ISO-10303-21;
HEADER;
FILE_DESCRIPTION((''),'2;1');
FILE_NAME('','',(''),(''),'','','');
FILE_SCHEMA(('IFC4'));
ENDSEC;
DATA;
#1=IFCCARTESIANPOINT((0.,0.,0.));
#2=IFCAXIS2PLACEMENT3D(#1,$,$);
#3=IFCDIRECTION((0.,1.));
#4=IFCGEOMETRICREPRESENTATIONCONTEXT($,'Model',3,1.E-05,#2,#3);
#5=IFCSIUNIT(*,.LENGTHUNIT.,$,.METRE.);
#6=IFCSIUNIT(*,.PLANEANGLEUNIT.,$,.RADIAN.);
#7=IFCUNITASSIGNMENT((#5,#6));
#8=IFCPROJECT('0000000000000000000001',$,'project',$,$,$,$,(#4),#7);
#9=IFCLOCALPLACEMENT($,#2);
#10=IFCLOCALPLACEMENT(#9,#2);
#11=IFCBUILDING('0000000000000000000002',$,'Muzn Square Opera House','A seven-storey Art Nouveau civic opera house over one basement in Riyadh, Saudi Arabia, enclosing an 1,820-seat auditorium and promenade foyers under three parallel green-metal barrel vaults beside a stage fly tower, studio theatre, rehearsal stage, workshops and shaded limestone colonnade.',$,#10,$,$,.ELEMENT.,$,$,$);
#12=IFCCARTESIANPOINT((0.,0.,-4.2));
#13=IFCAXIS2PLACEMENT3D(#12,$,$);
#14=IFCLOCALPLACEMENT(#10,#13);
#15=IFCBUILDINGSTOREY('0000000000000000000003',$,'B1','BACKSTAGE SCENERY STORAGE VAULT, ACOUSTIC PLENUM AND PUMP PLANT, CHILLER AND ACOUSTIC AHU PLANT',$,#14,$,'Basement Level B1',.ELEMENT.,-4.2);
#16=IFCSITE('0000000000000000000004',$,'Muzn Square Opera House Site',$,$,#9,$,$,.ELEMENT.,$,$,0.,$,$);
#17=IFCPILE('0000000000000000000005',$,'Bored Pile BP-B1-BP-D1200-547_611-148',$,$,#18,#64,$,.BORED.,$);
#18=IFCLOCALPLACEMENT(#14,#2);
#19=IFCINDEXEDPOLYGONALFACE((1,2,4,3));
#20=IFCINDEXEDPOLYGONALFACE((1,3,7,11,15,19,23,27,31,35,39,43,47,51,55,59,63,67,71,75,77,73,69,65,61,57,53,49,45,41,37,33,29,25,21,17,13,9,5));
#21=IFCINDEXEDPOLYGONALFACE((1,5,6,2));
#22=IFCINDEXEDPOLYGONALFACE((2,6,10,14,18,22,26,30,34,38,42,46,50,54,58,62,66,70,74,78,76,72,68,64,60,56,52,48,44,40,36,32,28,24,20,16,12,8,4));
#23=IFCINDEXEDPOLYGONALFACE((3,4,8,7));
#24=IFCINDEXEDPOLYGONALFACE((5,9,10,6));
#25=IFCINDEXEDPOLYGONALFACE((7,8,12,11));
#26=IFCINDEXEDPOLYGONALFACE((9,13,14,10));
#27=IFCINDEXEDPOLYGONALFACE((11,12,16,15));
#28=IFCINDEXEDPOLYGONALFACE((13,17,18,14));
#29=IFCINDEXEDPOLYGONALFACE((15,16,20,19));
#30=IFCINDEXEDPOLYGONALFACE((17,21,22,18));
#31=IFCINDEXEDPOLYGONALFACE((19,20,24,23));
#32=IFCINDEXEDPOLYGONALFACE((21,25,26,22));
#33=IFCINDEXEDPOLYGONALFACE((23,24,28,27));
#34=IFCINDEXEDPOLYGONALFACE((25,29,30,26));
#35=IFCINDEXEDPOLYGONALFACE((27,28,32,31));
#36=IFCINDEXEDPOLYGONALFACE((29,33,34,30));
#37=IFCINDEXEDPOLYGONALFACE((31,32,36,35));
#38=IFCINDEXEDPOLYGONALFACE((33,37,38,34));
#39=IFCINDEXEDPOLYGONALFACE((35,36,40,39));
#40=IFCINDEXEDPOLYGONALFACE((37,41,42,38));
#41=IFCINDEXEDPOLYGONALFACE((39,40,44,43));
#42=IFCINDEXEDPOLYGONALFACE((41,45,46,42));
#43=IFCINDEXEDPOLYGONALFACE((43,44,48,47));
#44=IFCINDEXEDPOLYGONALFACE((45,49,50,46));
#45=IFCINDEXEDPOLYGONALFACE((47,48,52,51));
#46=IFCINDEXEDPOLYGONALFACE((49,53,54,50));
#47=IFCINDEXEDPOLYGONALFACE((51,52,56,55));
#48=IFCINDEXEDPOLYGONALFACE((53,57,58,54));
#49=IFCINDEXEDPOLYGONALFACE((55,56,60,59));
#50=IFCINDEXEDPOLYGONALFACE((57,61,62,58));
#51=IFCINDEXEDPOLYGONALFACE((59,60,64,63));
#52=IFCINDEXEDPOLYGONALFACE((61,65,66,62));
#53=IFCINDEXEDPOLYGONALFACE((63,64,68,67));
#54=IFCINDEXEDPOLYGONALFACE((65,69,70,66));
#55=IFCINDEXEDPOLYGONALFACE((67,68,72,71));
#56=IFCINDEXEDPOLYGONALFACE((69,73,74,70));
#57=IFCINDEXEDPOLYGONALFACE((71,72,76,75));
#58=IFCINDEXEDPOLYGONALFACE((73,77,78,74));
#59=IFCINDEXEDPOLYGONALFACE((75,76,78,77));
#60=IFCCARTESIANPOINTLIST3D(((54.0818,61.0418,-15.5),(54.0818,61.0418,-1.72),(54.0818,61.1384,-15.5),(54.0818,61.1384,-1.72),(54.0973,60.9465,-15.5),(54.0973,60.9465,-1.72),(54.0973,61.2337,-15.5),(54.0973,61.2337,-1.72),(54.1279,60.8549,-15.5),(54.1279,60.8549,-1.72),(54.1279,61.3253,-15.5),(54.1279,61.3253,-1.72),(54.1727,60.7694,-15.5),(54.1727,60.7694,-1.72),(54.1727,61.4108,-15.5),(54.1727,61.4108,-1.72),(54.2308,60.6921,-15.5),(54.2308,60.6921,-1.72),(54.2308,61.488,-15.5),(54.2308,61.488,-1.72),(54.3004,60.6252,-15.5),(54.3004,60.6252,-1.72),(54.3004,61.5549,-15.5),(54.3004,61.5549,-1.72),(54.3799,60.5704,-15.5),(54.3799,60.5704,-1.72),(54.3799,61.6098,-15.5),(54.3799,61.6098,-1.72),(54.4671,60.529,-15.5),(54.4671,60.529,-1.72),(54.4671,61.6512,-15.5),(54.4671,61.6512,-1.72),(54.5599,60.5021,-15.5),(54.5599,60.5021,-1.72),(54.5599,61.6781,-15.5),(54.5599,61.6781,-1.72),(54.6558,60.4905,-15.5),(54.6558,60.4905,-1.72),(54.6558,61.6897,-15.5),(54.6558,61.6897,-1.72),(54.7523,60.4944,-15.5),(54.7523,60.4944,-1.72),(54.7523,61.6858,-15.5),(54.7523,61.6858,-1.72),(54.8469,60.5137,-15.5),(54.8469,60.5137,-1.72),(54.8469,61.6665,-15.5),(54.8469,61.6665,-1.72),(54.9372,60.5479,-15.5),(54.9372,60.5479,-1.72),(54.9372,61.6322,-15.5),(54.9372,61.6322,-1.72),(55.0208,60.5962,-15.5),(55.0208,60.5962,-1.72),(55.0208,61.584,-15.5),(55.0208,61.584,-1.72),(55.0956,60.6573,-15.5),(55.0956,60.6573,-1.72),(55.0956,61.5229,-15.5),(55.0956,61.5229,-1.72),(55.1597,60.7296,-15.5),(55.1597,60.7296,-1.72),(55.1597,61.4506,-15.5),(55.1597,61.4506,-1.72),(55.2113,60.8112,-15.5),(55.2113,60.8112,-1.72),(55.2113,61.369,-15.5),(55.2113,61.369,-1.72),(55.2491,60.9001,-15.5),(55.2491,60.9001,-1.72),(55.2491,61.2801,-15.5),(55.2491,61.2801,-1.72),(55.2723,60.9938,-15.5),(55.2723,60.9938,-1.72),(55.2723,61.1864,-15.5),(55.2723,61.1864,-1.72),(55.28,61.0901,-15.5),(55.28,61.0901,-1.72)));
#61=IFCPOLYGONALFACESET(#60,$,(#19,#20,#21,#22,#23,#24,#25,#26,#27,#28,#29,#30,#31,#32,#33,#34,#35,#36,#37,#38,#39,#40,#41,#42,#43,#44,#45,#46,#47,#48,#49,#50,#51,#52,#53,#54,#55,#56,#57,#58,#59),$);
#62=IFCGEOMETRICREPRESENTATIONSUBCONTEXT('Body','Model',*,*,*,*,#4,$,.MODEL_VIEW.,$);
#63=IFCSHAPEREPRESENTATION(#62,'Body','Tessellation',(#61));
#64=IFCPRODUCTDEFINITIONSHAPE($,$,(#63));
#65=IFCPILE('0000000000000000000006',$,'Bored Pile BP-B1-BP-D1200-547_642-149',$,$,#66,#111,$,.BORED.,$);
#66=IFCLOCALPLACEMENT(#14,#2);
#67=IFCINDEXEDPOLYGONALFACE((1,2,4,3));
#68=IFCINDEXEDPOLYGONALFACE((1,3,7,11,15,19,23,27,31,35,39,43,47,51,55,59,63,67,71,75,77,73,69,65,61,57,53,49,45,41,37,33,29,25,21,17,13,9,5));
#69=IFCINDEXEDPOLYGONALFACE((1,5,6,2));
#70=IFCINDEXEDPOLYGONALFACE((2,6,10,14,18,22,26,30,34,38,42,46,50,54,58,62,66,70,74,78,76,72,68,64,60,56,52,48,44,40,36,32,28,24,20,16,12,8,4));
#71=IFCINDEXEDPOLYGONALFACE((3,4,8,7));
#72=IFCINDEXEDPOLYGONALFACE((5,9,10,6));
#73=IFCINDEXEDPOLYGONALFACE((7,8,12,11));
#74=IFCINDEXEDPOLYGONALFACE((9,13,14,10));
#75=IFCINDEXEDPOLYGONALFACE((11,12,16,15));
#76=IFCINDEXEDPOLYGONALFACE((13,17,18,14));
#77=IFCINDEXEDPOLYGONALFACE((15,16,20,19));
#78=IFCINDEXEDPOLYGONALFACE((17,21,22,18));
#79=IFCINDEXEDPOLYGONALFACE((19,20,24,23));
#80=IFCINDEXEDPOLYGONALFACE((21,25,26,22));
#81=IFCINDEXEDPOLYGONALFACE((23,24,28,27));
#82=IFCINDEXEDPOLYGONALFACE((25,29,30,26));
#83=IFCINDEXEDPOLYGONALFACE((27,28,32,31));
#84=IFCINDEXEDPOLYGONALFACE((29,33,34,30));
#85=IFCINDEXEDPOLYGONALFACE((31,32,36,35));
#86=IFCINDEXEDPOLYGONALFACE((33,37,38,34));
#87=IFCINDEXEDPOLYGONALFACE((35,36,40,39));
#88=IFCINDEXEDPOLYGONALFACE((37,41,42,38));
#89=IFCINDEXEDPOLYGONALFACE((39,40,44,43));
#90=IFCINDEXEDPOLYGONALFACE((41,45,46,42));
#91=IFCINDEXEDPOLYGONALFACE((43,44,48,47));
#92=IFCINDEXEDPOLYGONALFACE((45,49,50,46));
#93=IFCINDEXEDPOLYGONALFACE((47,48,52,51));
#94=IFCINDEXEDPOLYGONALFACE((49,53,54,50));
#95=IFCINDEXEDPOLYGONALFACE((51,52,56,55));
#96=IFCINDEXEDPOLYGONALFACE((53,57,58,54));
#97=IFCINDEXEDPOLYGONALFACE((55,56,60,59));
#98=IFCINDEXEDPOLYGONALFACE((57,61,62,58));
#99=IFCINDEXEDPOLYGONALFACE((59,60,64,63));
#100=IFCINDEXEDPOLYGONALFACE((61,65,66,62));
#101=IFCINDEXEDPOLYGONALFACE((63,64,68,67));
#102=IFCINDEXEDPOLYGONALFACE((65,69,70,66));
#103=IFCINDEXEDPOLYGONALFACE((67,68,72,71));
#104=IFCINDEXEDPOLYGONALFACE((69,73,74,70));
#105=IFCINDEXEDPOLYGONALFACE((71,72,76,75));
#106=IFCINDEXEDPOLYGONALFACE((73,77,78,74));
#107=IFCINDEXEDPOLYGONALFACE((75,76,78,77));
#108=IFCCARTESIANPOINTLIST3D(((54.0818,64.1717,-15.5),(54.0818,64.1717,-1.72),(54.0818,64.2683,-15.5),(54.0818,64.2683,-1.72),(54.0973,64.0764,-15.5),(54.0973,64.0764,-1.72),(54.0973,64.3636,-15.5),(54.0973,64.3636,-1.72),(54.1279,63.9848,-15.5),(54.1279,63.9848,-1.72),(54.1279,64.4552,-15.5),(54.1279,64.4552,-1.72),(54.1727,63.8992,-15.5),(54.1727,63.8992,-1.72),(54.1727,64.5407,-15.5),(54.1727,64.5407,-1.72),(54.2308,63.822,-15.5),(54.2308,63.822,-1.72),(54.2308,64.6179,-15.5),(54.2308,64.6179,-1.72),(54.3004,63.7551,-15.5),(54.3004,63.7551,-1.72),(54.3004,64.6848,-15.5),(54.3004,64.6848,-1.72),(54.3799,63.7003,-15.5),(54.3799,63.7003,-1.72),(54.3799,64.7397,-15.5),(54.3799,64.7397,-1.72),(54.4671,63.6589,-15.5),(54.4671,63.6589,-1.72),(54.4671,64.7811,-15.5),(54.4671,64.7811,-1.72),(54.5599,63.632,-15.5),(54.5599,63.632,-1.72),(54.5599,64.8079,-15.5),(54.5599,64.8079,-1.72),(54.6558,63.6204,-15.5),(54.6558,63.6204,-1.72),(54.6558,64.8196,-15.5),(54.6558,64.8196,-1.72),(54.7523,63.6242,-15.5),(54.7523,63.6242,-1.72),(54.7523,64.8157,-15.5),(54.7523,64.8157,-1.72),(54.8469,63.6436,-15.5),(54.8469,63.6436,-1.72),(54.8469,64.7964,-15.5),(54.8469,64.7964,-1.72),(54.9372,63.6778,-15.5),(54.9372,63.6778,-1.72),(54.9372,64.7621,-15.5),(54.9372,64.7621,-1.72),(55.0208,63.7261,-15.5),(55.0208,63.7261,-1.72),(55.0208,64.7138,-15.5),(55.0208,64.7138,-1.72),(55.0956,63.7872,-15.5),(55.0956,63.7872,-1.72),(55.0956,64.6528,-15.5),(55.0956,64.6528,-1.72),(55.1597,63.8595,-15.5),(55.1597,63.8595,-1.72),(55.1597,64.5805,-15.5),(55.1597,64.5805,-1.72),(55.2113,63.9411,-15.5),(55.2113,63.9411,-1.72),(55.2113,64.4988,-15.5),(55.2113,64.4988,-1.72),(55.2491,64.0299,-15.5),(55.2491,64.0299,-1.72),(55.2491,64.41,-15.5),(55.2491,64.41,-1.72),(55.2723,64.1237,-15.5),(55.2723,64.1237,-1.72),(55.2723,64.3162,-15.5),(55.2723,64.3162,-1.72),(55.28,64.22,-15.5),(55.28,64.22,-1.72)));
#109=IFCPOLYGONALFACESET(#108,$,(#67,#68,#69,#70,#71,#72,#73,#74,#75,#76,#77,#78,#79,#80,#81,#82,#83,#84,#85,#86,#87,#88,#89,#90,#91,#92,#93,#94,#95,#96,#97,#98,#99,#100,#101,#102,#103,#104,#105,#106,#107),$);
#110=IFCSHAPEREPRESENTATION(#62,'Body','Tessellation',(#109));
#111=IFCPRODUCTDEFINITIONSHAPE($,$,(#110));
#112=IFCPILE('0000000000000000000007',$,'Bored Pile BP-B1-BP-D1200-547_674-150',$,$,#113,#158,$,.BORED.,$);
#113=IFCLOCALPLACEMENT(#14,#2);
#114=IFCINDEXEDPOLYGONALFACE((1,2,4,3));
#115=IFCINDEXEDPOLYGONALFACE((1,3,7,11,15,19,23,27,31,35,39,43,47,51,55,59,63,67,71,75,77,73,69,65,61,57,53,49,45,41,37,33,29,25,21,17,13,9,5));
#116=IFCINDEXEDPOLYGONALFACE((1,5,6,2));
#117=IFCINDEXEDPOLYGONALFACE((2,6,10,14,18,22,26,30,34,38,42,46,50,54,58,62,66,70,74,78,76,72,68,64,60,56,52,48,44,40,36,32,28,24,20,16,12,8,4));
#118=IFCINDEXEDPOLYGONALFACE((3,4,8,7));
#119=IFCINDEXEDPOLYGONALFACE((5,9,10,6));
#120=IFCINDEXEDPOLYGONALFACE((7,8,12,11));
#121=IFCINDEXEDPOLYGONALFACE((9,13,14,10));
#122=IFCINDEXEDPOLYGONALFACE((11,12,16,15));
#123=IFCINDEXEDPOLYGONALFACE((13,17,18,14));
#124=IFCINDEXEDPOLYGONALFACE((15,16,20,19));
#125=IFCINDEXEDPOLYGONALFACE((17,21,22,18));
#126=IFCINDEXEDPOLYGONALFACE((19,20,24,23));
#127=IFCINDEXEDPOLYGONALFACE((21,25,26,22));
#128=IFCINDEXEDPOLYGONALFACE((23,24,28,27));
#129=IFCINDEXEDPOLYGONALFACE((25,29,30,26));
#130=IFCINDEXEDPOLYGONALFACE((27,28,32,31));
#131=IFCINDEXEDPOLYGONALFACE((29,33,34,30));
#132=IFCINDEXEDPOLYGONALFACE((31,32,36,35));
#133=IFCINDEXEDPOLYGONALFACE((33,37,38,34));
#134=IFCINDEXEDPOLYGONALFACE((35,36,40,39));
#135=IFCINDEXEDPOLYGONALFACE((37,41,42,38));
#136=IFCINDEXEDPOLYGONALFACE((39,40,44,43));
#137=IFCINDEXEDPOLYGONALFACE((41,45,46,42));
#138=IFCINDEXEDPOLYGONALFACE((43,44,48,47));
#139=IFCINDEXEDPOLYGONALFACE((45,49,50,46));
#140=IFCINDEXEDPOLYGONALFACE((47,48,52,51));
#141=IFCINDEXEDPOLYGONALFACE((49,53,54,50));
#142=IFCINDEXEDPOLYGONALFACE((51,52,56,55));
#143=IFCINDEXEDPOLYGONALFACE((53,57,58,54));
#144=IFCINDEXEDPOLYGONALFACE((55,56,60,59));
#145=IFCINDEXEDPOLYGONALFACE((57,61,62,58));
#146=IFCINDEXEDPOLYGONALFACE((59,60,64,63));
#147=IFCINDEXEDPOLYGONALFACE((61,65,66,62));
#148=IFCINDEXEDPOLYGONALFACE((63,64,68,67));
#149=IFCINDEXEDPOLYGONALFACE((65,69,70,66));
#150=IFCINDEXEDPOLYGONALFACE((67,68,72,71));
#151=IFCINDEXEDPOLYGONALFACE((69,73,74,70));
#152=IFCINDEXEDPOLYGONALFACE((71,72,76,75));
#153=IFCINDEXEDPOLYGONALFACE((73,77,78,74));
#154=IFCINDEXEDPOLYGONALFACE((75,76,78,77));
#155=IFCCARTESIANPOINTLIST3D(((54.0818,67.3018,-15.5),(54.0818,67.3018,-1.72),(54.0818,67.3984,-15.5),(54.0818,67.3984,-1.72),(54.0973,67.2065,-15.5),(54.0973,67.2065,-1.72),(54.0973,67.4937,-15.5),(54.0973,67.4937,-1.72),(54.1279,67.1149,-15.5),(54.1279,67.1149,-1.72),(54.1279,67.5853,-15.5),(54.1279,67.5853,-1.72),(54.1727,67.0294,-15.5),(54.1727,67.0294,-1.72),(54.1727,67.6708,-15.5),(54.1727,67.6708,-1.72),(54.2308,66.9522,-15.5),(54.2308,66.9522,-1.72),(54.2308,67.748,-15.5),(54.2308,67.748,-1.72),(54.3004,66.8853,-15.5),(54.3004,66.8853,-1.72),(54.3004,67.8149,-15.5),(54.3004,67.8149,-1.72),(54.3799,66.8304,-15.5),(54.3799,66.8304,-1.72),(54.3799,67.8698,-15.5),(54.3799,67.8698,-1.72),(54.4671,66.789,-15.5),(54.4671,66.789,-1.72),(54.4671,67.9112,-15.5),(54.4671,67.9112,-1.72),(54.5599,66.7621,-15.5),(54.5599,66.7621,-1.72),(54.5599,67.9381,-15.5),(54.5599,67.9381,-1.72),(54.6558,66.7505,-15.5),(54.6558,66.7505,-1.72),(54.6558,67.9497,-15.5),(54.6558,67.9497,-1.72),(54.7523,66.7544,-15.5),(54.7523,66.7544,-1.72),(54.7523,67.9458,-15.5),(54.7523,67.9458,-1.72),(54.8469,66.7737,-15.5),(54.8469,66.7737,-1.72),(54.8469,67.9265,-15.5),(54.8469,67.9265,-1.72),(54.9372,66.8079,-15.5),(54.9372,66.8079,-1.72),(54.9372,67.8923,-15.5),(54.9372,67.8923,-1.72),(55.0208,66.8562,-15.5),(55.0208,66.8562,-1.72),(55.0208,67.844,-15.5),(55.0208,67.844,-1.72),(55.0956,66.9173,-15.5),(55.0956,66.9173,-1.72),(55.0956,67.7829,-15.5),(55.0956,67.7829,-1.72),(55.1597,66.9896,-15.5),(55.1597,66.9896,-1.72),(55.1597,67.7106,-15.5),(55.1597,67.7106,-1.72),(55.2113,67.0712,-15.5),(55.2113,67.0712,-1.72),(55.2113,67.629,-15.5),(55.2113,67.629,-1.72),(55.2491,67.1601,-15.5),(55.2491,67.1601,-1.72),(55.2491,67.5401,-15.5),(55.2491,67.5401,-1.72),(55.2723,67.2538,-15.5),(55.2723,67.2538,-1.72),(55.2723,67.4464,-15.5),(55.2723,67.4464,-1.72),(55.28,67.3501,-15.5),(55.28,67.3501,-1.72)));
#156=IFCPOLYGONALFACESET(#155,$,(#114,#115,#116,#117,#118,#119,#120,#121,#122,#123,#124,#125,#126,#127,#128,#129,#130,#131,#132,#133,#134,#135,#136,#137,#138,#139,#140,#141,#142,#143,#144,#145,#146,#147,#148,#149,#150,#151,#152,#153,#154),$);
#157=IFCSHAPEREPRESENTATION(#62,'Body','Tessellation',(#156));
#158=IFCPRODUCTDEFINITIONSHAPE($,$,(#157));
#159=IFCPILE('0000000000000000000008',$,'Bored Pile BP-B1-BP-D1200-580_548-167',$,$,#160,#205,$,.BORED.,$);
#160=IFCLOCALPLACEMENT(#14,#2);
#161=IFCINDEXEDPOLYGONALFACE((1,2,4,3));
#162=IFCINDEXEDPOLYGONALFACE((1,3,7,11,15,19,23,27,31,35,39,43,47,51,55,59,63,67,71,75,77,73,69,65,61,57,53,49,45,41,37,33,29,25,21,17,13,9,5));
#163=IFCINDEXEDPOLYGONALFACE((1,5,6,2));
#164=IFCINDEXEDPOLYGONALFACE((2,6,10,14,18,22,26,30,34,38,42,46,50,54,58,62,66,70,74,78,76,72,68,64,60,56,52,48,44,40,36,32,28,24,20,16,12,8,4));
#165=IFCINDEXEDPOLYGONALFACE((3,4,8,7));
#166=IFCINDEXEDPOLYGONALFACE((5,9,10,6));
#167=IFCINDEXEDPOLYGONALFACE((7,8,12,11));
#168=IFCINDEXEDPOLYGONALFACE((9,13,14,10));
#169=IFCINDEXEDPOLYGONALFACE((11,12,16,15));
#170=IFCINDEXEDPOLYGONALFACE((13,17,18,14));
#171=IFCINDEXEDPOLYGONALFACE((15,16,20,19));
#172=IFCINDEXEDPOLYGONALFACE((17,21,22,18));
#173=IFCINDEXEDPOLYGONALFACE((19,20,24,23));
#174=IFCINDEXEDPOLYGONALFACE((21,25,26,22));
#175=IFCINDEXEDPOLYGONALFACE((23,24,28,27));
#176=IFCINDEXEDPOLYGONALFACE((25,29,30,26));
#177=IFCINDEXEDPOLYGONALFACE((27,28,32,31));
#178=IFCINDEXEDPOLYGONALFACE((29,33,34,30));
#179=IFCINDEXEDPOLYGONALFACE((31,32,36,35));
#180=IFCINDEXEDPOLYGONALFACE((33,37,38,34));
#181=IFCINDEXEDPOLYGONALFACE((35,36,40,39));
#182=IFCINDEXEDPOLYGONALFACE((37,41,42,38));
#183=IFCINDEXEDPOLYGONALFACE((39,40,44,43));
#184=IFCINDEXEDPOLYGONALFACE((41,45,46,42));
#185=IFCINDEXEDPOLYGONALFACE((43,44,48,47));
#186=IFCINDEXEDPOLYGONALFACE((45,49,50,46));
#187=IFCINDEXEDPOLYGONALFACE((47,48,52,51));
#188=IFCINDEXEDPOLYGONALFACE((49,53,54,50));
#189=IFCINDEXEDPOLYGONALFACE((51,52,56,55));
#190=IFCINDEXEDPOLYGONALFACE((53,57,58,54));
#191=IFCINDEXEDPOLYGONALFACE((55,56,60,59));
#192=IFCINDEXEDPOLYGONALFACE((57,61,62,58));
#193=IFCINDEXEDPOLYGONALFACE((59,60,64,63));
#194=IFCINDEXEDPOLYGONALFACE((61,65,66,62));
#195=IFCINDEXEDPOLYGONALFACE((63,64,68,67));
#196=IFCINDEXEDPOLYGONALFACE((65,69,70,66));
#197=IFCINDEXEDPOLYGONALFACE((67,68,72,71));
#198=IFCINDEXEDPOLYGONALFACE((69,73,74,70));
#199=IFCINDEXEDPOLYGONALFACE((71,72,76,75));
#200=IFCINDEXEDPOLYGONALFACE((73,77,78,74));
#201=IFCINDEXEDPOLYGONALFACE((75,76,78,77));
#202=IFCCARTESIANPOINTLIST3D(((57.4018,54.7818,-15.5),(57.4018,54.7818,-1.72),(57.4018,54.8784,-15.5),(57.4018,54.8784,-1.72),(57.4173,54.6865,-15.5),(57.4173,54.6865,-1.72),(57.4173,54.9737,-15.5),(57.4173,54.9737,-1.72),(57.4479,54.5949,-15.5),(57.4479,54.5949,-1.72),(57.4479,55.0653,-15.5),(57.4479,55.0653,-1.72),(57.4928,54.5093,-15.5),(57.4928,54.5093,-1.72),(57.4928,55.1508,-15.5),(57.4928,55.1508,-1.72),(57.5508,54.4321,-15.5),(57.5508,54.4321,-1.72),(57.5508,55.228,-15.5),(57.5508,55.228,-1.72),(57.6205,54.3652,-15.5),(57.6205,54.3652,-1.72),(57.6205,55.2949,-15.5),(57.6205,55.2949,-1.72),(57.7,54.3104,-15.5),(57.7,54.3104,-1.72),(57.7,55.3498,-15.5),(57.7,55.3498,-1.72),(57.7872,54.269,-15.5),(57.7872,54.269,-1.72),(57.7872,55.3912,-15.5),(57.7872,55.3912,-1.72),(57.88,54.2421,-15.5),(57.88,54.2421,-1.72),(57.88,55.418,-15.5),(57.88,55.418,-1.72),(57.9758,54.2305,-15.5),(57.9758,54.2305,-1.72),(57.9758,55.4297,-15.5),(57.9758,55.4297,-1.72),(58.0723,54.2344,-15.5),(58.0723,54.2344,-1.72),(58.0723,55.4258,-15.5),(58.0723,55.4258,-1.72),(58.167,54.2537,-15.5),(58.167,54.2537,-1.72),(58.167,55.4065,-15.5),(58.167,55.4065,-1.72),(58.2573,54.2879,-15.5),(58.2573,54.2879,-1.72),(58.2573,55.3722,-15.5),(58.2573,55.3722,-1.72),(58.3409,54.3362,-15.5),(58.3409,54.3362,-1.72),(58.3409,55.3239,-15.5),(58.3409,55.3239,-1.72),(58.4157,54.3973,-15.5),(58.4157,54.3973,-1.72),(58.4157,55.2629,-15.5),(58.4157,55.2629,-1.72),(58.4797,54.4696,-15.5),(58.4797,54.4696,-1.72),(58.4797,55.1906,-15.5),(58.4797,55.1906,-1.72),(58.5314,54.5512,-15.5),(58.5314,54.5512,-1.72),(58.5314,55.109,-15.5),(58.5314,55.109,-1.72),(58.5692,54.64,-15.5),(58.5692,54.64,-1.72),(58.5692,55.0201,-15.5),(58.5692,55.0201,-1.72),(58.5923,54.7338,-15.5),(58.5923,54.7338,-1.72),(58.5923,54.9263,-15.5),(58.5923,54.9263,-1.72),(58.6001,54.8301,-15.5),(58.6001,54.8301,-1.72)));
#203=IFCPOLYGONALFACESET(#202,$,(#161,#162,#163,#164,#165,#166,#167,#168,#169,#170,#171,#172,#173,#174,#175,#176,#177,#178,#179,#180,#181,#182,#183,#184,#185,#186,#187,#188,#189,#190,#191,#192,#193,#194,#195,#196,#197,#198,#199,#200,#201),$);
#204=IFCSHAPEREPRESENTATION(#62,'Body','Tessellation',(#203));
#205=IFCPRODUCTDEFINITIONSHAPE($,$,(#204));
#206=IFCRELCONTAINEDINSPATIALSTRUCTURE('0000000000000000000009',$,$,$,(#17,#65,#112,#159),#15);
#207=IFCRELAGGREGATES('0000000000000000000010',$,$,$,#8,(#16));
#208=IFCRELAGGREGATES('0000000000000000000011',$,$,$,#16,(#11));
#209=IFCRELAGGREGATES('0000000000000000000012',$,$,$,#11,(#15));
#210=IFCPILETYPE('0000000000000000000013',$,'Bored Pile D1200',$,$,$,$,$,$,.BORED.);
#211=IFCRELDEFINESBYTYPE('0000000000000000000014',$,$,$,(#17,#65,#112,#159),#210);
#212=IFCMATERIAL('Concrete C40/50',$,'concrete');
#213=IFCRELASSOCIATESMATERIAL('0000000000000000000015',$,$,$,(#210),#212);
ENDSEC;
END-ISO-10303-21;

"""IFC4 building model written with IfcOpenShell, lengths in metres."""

from ifc_helpers import new_model, si_unit, direction, frame, origin, origin_2d, place, context, subcontext, project, spatial, circle, extrude, material, material_profile, profile_set, type_object, element, save


model = new_model("IFC4")

# Units and contexts
model_context = context("Model", 3, precision=1e-05, world=origin(), true_north=direction((0.0, 1.0)))
body_context = subcontext(model_context, "Body", "Model", "MODEL_VIEW")
ifc_project = project(units=[si_unit("LENGTHUNIT", "METRE"), si_unit("PLANEANGLEUNIT", "RADIAN")], contexts=[model_context])

# Site, building, storey
site_placement = place(None, origin())
site = spatial("IfcSite", under=ifc_project, at=site_placement, Name="Muzn Square Opera House Site", CompositionType="ELEMENT", RefElevation=0.0)
building_placement = place(site_placement, origin())
building = spatial("IfcBuilding", under=site, at=building_placement, Name="Muzn Square Opera House", Description="A seven-storey Art Nouveau civic opera house over one basement in Riyadh, Saudi Arabia, enclosing an 1,820-seat auditorium and promenade foyers under three parallel green-metal barrel vaults beside a stage fly tower, studio theatre, rehearsal stage, workshops and shaded limestone colonnade.", CompositionType="ELEMENT")
storey_placement = place(building_placement, frame((0.0, 0.0, -4.2)))
storey = spatial("IfcBuildingStorey", under=building, at=storey_placement, Name="B1", Description="BACKSTAGE SCENERY STORAGE VAULT, ACOUSTIC PLENUM AND PUMP PLANT, CHILLER AND ACOUSTIC AHU PLANT", LongName="Basement Level B1", CompositionType="ELEMENT", Elevation=-4.2)

# Piles
ifc_material_1 = material(Name="Concrete C40/50", Category="concrete")
ifc_material_profile_1 = material_profile(ifc_material_1, circle(Radius=0.6001, at=origin_2d()), Name="BORED PILE D1200", Category="concrete")
ifc_profile_set_1 = profile_set([ifc_material_profile_1], Name="Concrete C40/50")
pile_type = type_object("IfcPileType", Name="Bored Pile D1200", PredefinedType="BORED", material=ifc_profile_set_1)
for number, where, z_axis, x_axis, name in (
    (1, (54.6799, 61.0901, -1.72), (0.0, 0.0, -1.0), (1.0, 0.0, 0.0), "Bored Pile BP-B1-BP-D1200-547_611-148"),
    (2, (54.6799, 64.22, -1.72), (0.0, 0.0, -1.0), (1.0, 0.0, 0.0), "Bored Pile BP-B1-BP-D1200-547_642-149"),
    (3, (54.6799, 67.3501, -1.72), (0.0, 0.0, -1.0), (1.0, 0.0, 0.0), "Bored Pile BP-B1-BP-D1200-547_674-150"),
    (4, (58.0, 54.8301, -1.72), (0.0, 0.0, -1.0), (1.0, 0.0, 0.0), "Bored Pile BP-B1-BP-D1200-580_548-167"),
):
    element("IfcPile", number, at=place(storey_placement, frame(where, z_axis=z_axis, x_axis=x_axis)), inside=storey, type_object=pile_type, Name=name, PredefinedType="BORED", context=body_context, shape_type="SweptSolid", body=[
        extrude(circle(Radius=0.6001, at=origin_2d()), origin(), (0.0, 0.0, 1.0), 13.78),
    ])

save(model, "model.ifc")
